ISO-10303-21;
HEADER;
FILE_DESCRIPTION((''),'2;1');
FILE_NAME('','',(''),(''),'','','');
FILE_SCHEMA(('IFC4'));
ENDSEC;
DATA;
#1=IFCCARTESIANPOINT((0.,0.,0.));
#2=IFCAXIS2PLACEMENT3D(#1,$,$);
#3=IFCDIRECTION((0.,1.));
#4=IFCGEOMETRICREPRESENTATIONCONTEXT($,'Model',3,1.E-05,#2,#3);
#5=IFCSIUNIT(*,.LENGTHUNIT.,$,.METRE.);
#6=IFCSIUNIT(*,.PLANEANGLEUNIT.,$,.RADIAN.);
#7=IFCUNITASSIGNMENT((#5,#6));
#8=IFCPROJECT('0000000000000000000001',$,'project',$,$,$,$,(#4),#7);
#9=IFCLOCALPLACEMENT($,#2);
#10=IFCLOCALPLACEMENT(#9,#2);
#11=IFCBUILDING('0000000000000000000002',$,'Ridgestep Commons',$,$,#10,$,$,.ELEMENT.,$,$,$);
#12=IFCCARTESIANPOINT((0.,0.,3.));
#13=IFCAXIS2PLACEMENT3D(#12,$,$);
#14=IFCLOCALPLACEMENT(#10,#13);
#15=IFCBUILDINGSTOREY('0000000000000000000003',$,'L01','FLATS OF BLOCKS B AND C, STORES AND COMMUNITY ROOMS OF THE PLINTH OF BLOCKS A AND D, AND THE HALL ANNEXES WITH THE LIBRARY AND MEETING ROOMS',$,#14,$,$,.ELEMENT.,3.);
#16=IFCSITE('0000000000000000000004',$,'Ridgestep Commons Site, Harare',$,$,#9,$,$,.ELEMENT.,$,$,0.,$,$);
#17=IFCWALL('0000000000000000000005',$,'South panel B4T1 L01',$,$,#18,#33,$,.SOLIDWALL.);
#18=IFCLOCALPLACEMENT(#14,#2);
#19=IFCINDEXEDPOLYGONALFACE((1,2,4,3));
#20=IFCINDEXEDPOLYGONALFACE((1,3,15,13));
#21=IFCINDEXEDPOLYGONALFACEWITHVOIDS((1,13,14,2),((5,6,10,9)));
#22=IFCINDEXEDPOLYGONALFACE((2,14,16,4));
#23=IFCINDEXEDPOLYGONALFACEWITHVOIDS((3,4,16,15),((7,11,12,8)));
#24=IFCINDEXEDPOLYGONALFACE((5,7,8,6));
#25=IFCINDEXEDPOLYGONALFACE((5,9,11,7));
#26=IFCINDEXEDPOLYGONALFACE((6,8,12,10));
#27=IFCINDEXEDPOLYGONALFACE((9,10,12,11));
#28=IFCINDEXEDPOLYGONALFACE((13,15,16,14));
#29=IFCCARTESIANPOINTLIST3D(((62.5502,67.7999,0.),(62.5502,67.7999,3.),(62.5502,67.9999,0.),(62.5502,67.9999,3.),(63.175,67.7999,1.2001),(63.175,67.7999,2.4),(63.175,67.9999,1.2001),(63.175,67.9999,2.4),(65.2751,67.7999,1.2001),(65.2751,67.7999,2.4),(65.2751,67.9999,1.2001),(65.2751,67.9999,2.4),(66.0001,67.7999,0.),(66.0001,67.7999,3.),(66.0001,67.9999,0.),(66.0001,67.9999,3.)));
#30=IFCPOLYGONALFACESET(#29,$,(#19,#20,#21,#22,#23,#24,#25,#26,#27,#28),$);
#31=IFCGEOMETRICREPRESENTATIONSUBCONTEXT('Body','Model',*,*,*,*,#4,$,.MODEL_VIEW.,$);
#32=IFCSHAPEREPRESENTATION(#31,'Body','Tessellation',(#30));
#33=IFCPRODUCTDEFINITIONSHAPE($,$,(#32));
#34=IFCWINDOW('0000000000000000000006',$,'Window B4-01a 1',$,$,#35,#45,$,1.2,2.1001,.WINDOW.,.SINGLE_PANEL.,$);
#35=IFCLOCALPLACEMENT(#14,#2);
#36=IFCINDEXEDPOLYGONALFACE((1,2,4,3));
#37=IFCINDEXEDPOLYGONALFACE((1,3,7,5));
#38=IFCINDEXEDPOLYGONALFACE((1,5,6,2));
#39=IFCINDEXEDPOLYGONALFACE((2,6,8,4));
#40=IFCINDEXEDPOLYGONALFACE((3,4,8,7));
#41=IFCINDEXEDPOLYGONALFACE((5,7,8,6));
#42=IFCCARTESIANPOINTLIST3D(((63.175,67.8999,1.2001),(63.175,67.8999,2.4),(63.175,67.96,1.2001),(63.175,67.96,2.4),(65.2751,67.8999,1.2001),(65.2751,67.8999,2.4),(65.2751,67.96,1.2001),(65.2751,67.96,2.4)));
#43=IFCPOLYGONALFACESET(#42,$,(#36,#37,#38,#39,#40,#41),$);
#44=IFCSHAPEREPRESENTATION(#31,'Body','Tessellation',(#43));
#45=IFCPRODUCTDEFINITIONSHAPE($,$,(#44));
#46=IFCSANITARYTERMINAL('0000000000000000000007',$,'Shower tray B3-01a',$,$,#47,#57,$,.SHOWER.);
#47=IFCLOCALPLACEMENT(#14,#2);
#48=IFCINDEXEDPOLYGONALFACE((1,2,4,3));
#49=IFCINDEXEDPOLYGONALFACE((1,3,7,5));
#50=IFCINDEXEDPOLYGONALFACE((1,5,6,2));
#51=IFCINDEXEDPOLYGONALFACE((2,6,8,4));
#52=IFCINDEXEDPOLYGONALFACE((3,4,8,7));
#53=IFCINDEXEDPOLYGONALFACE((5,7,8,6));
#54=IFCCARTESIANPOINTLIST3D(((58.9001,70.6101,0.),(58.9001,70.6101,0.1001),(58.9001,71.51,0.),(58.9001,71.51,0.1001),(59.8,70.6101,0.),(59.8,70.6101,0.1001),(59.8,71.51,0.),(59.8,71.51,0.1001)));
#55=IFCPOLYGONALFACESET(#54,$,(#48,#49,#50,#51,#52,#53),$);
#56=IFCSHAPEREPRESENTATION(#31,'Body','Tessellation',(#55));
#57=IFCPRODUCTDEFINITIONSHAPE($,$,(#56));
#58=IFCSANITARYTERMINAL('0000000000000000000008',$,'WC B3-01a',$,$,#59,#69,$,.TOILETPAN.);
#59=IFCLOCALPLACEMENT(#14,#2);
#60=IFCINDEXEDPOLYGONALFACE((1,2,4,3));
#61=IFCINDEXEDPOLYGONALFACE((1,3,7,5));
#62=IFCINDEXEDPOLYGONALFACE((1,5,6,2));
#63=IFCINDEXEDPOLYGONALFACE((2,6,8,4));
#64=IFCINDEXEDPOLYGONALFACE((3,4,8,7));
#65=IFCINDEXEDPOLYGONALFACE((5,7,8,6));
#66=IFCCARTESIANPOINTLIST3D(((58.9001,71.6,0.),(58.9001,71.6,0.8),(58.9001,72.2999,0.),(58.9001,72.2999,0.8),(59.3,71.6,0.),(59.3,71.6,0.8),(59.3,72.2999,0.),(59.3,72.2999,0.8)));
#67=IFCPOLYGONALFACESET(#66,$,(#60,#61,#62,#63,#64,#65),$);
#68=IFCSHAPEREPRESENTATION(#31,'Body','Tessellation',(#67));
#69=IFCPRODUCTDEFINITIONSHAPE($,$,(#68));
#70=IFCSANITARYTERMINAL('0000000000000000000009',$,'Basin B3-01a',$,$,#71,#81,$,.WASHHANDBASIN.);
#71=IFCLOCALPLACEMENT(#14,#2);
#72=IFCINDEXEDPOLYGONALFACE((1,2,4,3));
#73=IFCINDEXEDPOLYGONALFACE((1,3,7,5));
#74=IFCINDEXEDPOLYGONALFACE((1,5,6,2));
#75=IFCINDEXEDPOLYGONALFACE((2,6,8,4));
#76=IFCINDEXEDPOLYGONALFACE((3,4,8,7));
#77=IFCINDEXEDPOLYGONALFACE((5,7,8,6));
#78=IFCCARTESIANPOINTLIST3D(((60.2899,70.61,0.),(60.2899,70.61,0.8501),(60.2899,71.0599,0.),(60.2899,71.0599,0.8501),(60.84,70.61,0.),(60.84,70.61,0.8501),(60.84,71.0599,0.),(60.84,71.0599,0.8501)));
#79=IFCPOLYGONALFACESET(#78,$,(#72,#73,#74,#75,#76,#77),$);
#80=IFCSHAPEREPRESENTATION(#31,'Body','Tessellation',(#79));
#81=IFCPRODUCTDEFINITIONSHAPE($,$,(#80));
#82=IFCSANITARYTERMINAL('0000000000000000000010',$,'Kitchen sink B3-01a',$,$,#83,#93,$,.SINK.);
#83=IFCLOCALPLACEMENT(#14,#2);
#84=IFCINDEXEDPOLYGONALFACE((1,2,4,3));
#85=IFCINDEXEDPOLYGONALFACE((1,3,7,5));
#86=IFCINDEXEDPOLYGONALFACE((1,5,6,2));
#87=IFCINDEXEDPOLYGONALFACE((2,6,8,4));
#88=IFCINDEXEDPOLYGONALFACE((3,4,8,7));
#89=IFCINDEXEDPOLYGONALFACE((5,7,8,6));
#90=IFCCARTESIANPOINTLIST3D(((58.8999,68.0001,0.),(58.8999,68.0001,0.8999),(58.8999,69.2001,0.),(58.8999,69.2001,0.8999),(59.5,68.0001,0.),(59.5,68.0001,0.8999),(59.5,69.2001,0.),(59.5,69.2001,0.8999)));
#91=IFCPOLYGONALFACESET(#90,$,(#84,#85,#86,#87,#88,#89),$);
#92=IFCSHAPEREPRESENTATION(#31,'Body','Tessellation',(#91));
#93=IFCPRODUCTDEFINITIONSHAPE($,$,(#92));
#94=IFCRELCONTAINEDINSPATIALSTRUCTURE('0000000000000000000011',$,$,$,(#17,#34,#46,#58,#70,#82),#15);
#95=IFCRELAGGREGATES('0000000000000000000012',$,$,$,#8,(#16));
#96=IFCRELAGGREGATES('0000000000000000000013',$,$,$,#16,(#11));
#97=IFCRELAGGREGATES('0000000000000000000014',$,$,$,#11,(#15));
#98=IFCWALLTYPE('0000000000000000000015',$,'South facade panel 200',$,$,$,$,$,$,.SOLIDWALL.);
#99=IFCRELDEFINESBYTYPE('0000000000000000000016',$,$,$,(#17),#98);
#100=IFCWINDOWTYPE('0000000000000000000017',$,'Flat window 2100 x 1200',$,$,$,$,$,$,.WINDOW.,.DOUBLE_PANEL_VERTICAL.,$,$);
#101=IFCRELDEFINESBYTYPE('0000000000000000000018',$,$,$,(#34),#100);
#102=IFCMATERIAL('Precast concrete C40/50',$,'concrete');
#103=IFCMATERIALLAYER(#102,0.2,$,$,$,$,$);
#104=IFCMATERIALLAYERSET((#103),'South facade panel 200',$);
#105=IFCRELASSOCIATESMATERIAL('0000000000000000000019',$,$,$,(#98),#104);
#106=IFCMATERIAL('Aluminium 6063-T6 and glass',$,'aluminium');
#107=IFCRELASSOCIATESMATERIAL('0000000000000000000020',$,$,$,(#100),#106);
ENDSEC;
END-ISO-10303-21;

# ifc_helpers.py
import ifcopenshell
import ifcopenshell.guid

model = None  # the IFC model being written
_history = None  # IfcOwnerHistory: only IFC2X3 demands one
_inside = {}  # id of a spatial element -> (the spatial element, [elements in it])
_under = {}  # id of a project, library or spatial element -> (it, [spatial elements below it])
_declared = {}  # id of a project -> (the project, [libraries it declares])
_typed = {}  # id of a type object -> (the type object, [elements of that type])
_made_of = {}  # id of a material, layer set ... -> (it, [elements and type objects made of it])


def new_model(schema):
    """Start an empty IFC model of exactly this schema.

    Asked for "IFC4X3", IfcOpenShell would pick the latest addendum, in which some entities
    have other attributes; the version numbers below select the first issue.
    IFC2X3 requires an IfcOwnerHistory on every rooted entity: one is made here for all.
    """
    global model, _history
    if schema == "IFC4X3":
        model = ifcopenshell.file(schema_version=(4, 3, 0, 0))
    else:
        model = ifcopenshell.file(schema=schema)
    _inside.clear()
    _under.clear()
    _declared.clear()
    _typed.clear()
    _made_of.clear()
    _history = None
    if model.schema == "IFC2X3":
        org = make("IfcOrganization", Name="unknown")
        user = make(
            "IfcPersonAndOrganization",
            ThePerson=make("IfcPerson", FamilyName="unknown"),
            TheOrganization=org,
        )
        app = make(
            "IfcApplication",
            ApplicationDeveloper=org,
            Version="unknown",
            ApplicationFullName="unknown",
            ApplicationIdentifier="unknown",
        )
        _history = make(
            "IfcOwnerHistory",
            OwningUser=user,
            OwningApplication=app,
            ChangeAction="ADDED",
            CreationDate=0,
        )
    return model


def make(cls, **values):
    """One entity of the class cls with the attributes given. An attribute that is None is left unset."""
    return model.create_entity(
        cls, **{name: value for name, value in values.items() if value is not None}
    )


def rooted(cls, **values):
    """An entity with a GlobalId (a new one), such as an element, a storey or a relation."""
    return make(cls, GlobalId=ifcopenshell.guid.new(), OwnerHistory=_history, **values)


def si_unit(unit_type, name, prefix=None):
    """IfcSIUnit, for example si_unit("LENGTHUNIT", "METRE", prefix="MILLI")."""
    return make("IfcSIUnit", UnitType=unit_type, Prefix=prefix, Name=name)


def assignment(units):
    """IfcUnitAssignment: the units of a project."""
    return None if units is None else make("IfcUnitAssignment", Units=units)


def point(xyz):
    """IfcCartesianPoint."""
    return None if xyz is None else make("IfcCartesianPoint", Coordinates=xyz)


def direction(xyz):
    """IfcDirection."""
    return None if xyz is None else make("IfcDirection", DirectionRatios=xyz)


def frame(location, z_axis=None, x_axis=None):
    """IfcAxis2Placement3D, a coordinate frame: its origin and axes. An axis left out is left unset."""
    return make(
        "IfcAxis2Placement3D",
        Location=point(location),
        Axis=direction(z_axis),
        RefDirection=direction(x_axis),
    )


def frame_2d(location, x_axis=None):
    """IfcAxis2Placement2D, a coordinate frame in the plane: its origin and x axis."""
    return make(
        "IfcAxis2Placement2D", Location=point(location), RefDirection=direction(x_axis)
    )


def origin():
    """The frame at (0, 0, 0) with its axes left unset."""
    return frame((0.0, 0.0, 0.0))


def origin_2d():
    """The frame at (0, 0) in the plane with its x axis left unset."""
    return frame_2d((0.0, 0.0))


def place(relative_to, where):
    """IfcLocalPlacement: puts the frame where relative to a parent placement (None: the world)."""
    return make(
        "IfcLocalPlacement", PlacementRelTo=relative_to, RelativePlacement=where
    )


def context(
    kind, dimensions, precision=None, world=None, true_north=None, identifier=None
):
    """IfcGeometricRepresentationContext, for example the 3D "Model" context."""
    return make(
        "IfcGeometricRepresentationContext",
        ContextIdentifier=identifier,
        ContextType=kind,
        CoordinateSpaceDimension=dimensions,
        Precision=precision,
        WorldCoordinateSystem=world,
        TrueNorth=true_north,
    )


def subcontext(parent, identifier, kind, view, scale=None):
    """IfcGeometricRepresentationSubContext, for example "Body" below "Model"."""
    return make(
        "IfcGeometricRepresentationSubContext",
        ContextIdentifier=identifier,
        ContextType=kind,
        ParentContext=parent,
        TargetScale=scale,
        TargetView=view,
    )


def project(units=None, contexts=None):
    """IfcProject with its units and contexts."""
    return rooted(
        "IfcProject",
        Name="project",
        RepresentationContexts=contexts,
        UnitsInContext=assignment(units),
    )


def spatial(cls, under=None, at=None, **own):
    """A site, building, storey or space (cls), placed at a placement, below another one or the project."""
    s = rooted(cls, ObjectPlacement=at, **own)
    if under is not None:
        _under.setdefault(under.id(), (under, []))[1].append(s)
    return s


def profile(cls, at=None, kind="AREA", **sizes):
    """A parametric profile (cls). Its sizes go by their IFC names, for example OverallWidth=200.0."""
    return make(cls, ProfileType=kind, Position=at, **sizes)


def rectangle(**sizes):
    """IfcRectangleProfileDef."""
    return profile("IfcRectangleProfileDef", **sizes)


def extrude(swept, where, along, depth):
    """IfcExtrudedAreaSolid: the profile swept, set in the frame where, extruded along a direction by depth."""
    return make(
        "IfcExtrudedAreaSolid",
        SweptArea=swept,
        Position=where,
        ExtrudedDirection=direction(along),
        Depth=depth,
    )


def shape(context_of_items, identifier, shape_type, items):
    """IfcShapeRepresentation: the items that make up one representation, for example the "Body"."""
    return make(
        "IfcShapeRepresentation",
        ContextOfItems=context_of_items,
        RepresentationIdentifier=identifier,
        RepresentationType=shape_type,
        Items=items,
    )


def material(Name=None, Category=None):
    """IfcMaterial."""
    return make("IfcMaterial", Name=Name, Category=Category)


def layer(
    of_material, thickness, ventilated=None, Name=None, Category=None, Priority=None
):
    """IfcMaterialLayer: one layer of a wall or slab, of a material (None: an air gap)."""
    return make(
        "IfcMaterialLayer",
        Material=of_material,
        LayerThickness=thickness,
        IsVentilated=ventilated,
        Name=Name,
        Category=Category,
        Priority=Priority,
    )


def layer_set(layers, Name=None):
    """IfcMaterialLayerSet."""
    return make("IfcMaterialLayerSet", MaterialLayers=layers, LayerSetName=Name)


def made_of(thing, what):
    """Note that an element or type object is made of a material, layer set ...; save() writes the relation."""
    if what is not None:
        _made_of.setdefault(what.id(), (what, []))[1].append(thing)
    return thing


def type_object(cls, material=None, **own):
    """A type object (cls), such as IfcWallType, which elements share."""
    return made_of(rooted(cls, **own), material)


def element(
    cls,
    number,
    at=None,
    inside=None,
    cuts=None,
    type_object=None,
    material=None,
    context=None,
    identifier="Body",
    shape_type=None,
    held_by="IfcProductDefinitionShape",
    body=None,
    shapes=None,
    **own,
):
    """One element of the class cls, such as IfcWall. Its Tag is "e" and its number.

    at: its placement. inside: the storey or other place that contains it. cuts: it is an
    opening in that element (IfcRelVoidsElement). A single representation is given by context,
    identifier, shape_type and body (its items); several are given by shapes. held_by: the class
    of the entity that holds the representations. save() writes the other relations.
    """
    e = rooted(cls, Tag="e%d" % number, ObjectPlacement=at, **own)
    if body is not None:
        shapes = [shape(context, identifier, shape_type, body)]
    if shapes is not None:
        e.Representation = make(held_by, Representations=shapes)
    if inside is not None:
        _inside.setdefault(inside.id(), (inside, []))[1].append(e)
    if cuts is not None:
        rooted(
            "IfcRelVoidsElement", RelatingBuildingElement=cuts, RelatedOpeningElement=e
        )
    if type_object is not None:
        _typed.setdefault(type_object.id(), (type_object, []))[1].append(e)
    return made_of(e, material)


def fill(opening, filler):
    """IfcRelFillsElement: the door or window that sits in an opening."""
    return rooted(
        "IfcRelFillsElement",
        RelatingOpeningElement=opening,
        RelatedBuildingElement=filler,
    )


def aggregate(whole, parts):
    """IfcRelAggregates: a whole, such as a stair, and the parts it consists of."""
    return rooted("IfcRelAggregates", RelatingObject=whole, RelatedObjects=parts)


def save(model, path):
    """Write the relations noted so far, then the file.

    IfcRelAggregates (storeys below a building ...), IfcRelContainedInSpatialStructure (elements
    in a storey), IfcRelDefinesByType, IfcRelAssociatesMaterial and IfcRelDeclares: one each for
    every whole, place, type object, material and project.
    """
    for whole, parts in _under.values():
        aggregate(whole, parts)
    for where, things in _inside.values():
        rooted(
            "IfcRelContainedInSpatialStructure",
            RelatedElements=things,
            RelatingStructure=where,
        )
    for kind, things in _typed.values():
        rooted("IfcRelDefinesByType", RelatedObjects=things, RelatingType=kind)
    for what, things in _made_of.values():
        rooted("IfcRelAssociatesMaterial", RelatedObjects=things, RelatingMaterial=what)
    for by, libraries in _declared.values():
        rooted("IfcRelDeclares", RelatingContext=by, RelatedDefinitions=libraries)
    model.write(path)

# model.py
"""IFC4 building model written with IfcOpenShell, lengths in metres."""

from ifc_helpers import new_model, si_unit, direction, frame, frame_2d, origin, origin_2d, place, context, subcontext, project, spatial, rectangle, extrude, material, layer, layer_set, type_object, element, fill, save


model = new_model("IFC4")

# Units and contexts
model_context = context("Model", 3, precision=1e-05, world=origin(), true_north=direction((0.0, 1.0)))
body_context = subcontext(model_context, "Body", "Model", "MODEL_VIEW")
ifc_project = project(units=[si_unit("LENGTHUNIT", "METRE"), si_unit("PLANEANGLEUNIT", "RADIAN")], contexts=[model_context])

# Site, building, storey
site_placement = place(None, origin())
site = spatial("IfcSite", under=ifc_project, at=site_placement, Name="Ridgestep Commons Site, Harare", CompositionType="ELEMENT", RefElevation=0.0)
building_placement = place(site_placement, origin())
building = spatial("IfcBuilding", under=site, at=building_placement, Name="Ridgestep Commons", CompositionType="ELEMENT")
storey_placement = place(building_placement, frame((0.0, 0.0, 3.0)))
storey = spatial("IfcBuildingStorey", under=building, at=storey_placement, Name="L01", Description="FLATS OF BLOCKS B AND C, STORES AND COMMUNITY ROOMS OF THE PLINTH OF BLOCKS A AND D, AND THE HALL ANNEXES WITH THE LIBRARY AND MEETING ROOMS", CompositionType="ELEMENT", Elevation=3.0)

# Shared definitions
ifc_material_1 = material(Name="Precast concrete C40/50", Category="concrete")
ifc_layer_1 = layer(ifc_material_1, 0.2)
ifc_layer_set_1 = layer_set([ifc_layer_1], Name="South facade panel 200")
wall_type_1 = type_object("IfcWallType", Name="South facade panel 200", PredefinedType="SOLIDWALL", material=ifc_layer_set_1)

# Wall, opening, window
wall_1_placement = place(storey_placement, frame((62.55, 67.8999, 0.0), z_axis=(0.0, 0.0, 1.0), x_axis=(1.0, 0.0, 0.0)))
wall_1 = element("IfcWall", 1, at=wall_1_placement, inside=storey, type_object=wall_type_1, Name="South panel B4T1 L01", PredefinedType="SOLIDWALL", context=body_context, shape_type="SweptSolid", body=[
    extrude(rectangle(XDim=3.45, YDim=0.2, at=frame_2d((1.7251, 0.0))), origin(), (0.0, 0.0, 1.0), 3.0),
])
opening_1_placement = place(wall_1_placement, frame((0.625, 0.0, 1.2)))
opening_1 = element("IfcOpeningElement", 2, at=opening_1_placement, cuts=wall_1, PredefinedType="OPENING", context=body_context, shape_type="SweptSolid", body=[
    extrude(rectangle(XDim=2.1001, YDim=1.2, at=frame_2d((1.05, 0.6001))), frame((0.0, 0.1099, 0.0), z_axis=(0.0, -1.0, 0.0), x_axis=(1.0, 0.0, 0.0)), (0.0, 0.0, 1.0), 0.22),
])
ifc_material_2 = material(Name="Aluminium 6063-T6 and glass", Category="aluminium")
window_type_1 = type_object("IfcWindowType", Name="Flat window 2100 x 1200", PartitioningType="DOUBLE_PANEL_VERTICAL", PredefinedType="WINDOW", material=ifc_material_2)
window_1_placement = place(opening_1_placement, origin())
window_1 = element("IfcWindow", 3, at=window_1_placement, inside=storey, type_object=window_type_1, Name="Window B4-01a 1", OverallHeight=1.2, OverallWidth=2.1001, PartitioningType="SINGLE_PANEL", PredefinedType="WINDOW", context=body_context, shape_type="SweptSolid", body=[
    extrude(rectangle(XDim=2.1001, YDim=1.2, at=frame_2d((1.05, 0.6001))), frame((0.0, 0.0601, 0.0), z_axis=(0.0, -1.0, 0.0), x_axis=(1.0, 0.0, 0.0)), (0.0, 0.0, 1.0), 0.0601),
])
fill(opening_1, window_1)

# Sanitary terminals
sanitary_terminal_1_placement = place(storey_placement, frame((59.3501, 71.0601, 0.0), z_axis=(0.0, 0.0, 1.0), x_axis=(1.0, 0.0, 0.0)))
element("IfcSanitaryTerminal", 4, at=sanitary_terminal_1_placement, inside=storey, Name="Shower tray B3-01a", PredefinedType="SHOWER", context=body_context, shape_type="SweptSolid", body=[
    extrude(rectangle(XDim=0.8999, YDim=0.8999, at=origin_2d()), origin(), (0.0, 0.0, 1.0), 0.1001),
])
sanitary_terminal_2_placement = place(storey_placement, frame((59.1001, 71.95, 0.0), z_axis=(0.0, 0.0, 1.0), x_axis=(1.0, 0.0, 0.0)))
element("IfcSanitaryTerminal", 5, at=sanitary_terminal_2_placement, inside=storey, Name="WC B3-01a", PredefinedType="TOILETPAN", context=body_context, shape_type="SweptSolid", body=[
    extrude(rectangle(XDim=0.3999, YDim=0.7, at=origin_2d()), origin(), (0.0, 0.0, 1.0), 0.8),
])
sanitary_terminal_3_placement = place(storey_placement, frame((60.5649, 70.835, 0.0), z_axis=(0.0, 0.0, 1.0), x_axis=(1.0, 0.0, 0.0)))
element("IfcSanitaryTerminal", 6, at=sanitary_terminal_3_placement, inside=storey, Name="Basin B3-01a", PredefinedType="WASHHANDBASIN", context=body_context, shape_type="SweptSolid", body=[
    extrude(rectangle(XDim=0.55, YDim=0.45, at=origin_2d()), origin(), (0.0, 0.0, 1.0), 0.8501),
])
sanitary_terminal_4_placement = place(storey_placement, frame((59.2, 68.6001, 0.0), z_axis=(0.0, 0.0, 1.0), x_axis=(1.0, 0.0, 0.0)))
element("IfcSanitaryTerminal", 7, at=sanitary_terminal_4_placement, inside=storey, Name="Kitchen sink B3-01a", PredefinedType="SINK", context=body_context, shape_type="SweptSolid", body=[
    extrude(rectangle(XDim=0.6001, YDim=1.2, at=origin_2d()), origin(), (0.0, 0.0, 1.0), 0.8999),
])

save(model, "model.ifc")
